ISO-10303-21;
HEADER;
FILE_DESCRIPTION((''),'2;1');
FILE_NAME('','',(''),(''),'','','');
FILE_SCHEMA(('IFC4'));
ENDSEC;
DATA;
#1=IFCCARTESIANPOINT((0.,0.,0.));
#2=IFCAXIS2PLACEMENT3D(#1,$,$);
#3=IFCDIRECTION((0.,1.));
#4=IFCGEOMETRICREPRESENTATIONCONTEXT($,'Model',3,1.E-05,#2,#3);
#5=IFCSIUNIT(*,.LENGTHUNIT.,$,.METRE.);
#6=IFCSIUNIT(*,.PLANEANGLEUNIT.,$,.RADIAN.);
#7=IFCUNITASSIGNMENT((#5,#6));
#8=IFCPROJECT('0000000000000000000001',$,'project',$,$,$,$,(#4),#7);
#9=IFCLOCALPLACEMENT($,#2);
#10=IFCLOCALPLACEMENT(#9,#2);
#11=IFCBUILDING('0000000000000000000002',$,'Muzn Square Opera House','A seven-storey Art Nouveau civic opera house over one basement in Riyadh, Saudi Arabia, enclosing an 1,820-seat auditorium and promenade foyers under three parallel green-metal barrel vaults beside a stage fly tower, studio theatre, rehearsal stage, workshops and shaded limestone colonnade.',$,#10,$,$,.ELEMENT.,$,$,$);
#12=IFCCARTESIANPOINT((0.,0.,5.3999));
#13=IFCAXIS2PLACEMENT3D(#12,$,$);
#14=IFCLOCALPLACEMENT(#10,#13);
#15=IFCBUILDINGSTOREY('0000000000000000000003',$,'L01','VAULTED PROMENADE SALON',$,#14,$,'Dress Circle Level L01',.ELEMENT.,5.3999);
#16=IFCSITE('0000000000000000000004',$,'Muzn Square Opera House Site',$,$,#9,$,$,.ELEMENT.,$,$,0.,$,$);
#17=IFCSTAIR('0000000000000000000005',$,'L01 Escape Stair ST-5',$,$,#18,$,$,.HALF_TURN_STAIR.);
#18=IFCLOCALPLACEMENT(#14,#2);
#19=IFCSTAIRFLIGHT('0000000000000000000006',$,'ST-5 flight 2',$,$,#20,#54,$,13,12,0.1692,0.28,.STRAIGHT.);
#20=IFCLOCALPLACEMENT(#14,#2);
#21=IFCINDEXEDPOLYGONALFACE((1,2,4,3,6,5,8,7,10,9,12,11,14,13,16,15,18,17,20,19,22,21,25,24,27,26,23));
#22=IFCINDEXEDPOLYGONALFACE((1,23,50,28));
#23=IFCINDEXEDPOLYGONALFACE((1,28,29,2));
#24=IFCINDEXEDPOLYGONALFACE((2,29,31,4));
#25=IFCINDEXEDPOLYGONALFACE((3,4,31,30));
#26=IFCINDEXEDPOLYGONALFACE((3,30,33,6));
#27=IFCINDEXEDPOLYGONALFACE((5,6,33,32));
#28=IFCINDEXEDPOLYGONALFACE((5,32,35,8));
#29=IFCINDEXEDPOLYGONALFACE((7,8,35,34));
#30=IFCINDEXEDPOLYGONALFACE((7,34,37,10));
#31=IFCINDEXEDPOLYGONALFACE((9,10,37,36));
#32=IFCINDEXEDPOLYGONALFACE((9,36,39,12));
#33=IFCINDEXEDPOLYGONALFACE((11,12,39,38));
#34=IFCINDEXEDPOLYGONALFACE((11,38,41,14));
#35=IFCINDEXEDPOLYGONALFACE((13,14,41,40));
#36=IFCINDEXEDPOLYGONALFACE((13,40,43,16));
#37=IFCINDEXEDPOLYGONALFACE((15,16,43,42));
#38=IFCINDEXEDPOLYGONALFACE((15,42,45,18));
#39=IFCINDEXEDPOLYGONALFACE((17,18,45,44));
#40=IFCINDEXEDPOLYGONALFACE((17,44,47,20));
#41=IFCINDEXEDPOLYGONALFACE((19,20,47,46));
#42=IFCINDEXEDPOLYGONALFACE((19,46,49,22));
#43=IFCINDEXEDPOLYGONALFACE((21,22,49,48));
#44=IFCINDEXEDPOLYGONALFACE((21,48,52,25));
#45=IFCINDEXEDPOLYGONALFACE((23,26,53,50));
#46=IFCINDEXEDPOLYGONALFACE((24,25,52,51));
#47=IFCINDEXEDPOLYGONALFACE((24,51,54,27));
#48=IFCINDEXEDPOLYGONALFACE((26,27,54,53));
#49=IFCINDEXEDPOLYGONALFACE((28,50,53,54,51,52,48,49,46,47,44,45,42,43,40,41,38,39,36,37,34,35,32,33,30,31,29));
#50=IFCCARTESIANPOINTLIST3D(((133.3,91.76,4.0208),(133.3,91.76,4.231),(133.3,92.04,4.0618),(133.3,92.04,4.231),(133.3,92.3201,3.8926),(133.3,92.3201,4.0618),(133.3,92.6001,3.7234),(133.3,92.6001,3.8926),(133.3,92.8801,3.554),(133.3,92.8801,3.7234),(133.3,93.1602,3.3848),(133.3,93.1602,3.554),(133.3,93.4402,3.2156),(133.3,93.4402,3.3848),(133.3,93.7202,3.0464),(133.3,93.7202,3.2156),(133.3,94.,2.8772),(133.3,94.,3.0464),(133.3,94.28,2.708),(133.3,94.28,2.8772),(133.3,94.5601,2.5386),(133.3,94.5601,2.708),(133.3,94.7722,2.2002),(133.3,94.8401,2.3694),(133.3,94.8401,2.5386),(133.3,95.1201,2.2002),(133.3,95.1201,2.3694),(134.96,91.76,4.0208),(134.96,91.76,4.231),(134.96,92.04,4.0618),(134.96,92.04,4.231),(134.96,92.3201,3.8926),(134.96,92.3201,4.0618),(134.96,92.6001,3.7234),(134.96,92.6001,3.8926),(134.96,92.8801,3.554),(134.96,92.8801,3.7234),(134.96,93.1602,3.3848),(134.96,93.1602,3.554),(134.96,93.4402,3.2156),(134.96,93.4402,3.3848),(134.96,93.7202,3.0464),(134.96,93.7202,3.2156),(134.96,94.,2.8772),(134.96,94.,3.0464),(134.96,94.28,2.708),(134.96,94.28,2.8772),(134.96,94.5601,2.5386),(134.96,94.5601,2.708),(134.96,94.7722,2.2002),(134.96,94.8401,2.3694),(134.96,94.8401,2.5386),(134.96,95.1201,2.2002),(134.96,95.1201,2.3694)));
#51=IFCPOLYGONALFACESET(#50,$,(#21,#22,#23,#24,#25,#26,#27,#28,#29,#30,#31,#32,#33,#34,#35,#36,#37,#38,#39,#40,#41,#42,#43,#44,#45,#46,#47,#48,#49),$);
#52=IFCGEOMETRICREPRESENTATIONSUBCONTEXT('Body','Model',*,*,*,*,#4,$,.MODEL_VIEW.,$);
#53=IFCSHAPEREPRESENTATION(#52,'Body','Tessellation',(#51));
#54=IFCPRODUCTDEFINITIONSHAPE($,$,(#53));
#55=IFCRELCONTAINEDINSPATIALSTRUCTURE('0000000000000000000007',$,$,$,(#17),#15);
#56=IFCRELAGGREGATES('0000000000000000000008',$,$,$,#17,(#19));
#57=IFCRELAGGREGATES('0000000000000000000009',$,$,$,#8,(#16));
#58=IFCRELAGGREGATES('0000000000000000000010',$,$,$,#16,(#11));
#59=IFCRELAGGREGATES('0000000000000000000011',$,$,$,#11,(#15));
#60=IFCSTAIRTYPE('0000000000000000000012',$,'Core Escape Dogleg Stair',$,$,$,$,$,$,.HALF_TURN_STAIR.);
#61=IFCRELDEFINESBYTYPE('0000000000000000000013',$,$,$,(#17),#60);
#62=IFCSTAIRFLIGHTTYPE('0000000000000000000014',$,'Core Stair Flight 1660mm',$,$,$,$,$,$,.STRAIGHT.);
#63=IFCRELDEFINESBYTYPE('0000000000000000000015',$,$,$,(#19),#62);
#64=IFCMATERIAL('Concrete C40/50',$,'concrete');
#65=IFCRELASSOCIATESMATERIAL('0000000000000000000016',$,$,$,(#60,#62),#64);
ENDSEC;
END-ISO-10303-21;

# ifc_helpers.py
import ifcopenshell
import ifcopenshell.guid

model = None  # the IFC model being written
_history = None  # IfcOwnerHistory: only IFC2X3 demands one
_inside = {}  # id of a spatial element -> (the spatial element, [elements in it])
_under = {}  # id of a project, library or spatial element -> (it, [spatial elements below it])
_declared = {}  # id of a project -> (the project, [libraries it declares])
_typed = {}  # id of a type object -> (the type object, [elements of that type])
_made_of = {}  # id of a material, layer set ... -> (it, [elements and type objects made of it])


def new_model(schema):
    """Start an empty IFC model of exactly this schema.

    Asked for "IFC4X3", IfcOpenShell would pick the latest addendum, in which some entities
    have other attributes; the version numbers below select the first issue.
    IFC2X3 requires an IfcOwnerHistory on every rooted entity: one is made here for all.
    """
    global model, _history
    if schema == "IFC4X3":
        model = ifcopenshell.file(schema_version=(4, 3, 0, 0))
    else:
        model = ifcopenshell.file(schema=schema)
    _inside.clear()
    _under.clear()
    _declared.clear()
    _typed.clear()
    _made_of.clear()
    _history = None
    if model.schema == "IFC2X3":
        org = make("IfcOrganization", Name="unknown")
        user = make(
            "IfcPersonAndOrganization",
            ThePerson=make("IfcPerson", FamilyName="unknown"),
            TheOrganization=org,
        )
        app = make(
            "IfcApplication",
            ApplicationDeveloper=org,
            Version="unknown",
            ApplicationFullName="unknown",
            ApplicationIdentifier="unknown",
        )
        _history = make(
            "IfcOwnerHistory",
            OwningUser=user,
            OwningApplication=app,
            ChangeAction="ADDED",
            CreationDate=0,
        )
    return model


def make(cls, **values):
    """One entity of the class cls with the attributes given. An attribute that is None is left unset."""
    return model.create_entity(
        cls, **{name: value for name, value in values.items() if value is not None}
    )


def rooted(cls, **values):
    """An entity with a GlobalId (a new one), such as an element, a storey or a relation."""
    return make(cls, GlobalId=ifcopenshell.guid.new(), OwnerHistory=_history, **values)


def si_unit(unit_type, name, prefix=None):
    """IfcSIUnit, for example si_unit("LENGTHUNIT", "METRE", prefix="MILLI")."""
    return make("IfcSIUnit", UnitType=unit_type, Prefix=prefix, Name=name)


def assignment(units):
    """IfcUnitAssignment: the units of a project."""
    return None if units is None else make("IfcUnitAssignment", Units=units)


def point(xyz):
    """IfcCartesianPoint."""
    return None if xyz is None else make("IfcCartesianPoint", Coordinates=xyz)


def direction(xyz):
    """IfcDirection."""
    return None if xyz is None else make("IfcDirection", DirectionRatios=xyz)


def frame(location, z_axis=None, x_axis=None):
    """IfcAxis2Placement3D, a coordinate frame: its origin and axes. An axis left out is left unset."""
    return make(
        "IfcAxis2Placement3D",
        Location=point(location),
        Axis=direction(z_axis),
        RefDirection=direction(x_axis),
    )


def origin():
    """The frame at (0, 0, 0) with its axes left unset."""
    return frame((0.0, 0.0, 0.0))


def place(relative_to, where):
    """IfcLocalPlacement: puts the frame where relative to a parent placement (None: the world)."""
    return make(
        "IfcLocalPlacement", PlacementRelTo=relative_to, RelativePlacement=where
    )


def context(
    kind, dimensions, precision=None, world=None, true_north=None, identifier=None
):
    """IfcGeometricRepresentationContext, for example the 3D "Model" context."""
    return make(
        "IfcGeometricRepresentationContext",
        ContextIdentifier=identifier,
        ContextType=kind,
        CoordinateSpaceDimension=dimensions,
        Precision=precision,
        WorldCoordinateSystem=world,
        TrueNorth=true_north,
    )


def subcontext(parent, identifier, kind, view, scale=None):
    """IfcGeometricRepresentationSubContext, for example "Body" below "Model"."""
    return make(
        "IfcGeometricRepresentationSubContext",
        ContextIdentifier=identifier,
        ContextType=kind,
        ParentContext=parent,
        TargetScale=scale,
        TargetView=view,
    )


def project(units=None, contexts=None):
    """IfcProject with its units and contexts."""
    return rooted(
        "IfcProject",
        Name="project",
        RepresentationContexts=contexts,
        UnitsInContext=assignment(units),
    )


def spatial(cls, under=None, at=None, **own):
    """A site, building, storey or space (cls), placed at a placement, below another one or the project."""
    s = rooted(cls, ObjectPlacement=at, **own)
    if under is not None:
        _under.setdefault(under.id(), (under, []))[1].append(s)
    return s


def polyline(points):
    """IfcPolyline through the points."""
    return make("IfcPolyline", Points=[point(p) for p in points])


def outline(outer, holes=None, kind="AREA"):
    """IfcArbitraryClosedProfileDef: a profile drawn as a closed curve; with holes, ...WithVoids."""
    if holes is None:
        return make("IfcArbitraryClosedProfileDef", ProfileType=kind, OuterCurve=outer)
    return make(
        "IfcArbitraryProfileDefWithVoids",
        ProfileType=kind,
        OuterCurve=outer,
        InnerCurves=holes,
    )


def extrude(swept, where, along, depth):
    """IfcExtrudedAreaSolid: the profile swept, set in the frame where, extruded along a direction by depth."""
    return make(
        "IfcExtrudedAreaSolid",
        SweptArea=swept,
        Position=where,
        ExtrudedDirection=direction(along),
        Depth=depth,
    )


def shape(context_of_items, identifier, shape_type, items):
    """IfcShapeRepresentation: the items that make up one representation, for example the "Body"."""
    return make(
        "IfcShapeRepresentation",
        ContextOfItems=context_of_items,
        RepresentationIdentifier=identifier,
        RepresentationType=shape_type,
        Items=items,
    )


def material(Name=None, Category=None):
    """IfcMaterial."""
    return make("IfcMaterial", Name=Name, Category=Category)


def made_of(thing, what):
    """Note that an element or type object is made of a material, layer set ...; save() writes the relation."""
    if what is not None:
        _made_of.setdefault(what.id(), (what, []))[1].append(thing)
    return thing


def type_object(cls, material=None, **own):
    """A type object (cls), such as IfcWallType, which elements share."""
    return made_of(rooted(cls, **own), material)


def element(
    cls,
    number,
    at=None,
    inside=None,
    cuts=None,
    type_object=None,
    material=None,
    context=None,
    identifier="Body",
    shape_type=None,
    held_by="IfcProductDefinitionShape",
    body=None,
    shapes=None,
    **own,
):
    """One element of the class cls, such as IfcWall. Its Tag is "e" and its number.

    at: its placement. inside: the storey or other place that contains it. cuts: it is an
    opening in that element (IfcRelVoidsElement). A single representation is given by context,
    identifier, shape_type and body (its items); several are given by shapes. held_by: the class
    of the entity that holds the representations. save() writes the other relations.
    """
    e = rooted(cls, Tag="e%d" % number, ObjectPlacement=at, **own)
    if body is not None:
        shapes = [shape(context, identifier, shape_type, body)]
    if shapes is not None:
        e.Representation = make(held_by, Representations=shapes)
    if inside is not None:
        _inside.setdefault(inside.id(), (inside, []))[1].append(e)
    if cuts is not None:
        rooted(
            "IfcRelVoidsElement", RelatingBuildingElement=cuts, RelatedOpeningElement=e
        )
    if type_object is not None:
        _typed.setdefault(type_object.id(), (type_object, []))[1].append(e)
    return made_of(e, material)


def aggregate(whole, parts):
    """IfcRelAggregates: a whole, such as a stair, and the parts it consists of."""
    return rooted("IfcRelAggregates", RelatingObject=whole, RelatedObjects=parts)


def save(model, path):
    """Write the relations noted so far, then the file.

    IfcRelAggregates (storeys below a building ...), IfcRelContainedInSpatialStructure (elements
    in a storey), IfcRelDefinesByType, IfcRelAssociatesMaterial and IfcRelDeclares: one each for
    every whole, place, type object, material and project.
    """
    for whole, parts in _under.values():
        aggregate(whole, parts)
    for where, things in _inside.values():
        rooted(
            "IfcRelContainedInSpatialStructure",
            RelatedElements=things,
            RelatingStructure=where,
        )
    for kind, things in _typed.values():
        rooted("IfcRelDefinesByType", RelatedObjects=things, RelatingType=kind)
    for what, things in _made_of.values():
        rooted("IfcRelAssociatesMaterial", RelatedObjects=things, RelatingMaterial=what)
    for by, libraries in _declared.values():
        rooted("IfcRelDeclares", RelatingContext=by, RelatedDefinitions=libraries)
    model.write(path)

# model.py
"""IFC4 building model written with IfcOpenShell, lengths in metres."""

from ifc_helpers import new_model, si_unit, direction, frame, origin, place, context, subcontext, project, spatial, polyline, outline, extrude, material, type_object, element, aggregate, save


model = new_model("IFC4")

# Units and contexts
model_context = context("Model", 3, precision=1e-05, world=origin(), true_north=direction((0.0, 1.0)))
body_context = subcontext(model_context, "Body", "Model", "MODEL_VIEW")
ifc_project = project(units=[si_unit("LENGTHUNIT", "METRE"), si_unit("PLANEANGLEUNIT", "RADIAN")], contexts=[model_context])

# Site, building, storey
site_placement = place(None, origin())
site = spatial("IfcSite", under=ifc_project, at=site_placement, Name="Muzn Square Opera House Site", CompositionType="ELEMENT", RefElevation=0.0)
building_placement = place(site_placement, origin())
building = spatial("IfcBuilding", under=site, at=building_placement, Name="Muzn Square Opera House", Description="A seven-storey Art Nouveau civic opera house over one basement in Riyadh, Saudi Arabia, enclosing an 1,820-seat auditorium and promenade foyers under three parallel green-metal barrel vaults beside a stage fly tower, studio theatre, rehearsal stage, workshops and shaded limestone colonnade.", CompositionType="ELEMENT")
storey_placement = place(building_placement, frame((0.0, 0.0, 5.3999)))
storey = spatial("IfcBuildingStorey", under=building, at=storey_placement, Name="L01", Description="VAULTED PROMENADE SALON", LongName="Dress Circle Level L01", CompositionType="ELEMENT", Elevation=5.3999)

# Shared definitions
ifc_material_1 = material(Name="Concrete C40/50", Category="concrete")

# Stair, stair flight
stair_type = type_object("IfcStairType", Name="Core Escape Dogleg Stair", PredefinedType="HALF_TURN_STAIR", material=ifc_material_1)
stair_placement = place(storey_placement, origin())
stair = element("IfcStair", 1, at=stair_placement, inside=storey, type_object=stair_type, Name="L01 Escape Stair ST-5", PredefinedType="HALF_TURN_STAIR")
stair_flight_type = type_object("IfcStairFlightType", Name="Core Stair Flight 1660mm", PredefinedType="STRAIGHT", material=ifc_material_1)
stair_flight_1_placement = place(storey_placement, frame((134.1299, 95.1201, 2.2002), z_axis=(0.0, 0.0, 1.0), x_axis=(0.0, -1.0, 0.0)))
stair_flight_1 = element("IfcStairFlight", 2, at=stair_flight_1_placement, type_object=stair_flight_type, Name="ST-5 flight 2", NumberOfRisers=13, NumberOfTreads=12, PredefinedType="STRAIGHT", RiserHeight=0.1692, TreadLength=0.28, context=body_context, shape_type="SweptSolid", body=[
    extrude(outline(polyline([(0.0, 0.0), (0.0, 0.1692), (0.28, 0.1692), (0.28, 0.3384), (0.5601, 0.3384), (0.5601, 0.5078), (0.8401, 0.5078), (0.8401, 0.677), (1.1201, 0.677), (1.1201, 0.8462), (1.3999, 0.8462), (1.3999, 1.0154), (1.6799, 1.0154), (1.6799, 1.1846), (1.96, 1.1846), (1.96, 1.3538), (2.24, 1.3538), (2.24, 1.5232), (2.52, 1.5232), (2.52, 1.6924), (2.8, 1.6924), (2.8, 1.8616), (3.0801, 1.8616), (3.0801, 2.0308), (3.3601, 2.0308), (3.3601, 2.2), (3.3601, 1.8206), (0.3479, 0.0), (0.0, 0.0)])), frame((0.0, 0.8301, 0.0), z_axis=(0.0, -1.0, 0.0), x_axis=(1.0, 0.0, 0.0)), (0.0, 0.0, 1.0), 1.6599),
])
aggregate(stair, [stair_flight_1])

save(model, "model.ifc")
